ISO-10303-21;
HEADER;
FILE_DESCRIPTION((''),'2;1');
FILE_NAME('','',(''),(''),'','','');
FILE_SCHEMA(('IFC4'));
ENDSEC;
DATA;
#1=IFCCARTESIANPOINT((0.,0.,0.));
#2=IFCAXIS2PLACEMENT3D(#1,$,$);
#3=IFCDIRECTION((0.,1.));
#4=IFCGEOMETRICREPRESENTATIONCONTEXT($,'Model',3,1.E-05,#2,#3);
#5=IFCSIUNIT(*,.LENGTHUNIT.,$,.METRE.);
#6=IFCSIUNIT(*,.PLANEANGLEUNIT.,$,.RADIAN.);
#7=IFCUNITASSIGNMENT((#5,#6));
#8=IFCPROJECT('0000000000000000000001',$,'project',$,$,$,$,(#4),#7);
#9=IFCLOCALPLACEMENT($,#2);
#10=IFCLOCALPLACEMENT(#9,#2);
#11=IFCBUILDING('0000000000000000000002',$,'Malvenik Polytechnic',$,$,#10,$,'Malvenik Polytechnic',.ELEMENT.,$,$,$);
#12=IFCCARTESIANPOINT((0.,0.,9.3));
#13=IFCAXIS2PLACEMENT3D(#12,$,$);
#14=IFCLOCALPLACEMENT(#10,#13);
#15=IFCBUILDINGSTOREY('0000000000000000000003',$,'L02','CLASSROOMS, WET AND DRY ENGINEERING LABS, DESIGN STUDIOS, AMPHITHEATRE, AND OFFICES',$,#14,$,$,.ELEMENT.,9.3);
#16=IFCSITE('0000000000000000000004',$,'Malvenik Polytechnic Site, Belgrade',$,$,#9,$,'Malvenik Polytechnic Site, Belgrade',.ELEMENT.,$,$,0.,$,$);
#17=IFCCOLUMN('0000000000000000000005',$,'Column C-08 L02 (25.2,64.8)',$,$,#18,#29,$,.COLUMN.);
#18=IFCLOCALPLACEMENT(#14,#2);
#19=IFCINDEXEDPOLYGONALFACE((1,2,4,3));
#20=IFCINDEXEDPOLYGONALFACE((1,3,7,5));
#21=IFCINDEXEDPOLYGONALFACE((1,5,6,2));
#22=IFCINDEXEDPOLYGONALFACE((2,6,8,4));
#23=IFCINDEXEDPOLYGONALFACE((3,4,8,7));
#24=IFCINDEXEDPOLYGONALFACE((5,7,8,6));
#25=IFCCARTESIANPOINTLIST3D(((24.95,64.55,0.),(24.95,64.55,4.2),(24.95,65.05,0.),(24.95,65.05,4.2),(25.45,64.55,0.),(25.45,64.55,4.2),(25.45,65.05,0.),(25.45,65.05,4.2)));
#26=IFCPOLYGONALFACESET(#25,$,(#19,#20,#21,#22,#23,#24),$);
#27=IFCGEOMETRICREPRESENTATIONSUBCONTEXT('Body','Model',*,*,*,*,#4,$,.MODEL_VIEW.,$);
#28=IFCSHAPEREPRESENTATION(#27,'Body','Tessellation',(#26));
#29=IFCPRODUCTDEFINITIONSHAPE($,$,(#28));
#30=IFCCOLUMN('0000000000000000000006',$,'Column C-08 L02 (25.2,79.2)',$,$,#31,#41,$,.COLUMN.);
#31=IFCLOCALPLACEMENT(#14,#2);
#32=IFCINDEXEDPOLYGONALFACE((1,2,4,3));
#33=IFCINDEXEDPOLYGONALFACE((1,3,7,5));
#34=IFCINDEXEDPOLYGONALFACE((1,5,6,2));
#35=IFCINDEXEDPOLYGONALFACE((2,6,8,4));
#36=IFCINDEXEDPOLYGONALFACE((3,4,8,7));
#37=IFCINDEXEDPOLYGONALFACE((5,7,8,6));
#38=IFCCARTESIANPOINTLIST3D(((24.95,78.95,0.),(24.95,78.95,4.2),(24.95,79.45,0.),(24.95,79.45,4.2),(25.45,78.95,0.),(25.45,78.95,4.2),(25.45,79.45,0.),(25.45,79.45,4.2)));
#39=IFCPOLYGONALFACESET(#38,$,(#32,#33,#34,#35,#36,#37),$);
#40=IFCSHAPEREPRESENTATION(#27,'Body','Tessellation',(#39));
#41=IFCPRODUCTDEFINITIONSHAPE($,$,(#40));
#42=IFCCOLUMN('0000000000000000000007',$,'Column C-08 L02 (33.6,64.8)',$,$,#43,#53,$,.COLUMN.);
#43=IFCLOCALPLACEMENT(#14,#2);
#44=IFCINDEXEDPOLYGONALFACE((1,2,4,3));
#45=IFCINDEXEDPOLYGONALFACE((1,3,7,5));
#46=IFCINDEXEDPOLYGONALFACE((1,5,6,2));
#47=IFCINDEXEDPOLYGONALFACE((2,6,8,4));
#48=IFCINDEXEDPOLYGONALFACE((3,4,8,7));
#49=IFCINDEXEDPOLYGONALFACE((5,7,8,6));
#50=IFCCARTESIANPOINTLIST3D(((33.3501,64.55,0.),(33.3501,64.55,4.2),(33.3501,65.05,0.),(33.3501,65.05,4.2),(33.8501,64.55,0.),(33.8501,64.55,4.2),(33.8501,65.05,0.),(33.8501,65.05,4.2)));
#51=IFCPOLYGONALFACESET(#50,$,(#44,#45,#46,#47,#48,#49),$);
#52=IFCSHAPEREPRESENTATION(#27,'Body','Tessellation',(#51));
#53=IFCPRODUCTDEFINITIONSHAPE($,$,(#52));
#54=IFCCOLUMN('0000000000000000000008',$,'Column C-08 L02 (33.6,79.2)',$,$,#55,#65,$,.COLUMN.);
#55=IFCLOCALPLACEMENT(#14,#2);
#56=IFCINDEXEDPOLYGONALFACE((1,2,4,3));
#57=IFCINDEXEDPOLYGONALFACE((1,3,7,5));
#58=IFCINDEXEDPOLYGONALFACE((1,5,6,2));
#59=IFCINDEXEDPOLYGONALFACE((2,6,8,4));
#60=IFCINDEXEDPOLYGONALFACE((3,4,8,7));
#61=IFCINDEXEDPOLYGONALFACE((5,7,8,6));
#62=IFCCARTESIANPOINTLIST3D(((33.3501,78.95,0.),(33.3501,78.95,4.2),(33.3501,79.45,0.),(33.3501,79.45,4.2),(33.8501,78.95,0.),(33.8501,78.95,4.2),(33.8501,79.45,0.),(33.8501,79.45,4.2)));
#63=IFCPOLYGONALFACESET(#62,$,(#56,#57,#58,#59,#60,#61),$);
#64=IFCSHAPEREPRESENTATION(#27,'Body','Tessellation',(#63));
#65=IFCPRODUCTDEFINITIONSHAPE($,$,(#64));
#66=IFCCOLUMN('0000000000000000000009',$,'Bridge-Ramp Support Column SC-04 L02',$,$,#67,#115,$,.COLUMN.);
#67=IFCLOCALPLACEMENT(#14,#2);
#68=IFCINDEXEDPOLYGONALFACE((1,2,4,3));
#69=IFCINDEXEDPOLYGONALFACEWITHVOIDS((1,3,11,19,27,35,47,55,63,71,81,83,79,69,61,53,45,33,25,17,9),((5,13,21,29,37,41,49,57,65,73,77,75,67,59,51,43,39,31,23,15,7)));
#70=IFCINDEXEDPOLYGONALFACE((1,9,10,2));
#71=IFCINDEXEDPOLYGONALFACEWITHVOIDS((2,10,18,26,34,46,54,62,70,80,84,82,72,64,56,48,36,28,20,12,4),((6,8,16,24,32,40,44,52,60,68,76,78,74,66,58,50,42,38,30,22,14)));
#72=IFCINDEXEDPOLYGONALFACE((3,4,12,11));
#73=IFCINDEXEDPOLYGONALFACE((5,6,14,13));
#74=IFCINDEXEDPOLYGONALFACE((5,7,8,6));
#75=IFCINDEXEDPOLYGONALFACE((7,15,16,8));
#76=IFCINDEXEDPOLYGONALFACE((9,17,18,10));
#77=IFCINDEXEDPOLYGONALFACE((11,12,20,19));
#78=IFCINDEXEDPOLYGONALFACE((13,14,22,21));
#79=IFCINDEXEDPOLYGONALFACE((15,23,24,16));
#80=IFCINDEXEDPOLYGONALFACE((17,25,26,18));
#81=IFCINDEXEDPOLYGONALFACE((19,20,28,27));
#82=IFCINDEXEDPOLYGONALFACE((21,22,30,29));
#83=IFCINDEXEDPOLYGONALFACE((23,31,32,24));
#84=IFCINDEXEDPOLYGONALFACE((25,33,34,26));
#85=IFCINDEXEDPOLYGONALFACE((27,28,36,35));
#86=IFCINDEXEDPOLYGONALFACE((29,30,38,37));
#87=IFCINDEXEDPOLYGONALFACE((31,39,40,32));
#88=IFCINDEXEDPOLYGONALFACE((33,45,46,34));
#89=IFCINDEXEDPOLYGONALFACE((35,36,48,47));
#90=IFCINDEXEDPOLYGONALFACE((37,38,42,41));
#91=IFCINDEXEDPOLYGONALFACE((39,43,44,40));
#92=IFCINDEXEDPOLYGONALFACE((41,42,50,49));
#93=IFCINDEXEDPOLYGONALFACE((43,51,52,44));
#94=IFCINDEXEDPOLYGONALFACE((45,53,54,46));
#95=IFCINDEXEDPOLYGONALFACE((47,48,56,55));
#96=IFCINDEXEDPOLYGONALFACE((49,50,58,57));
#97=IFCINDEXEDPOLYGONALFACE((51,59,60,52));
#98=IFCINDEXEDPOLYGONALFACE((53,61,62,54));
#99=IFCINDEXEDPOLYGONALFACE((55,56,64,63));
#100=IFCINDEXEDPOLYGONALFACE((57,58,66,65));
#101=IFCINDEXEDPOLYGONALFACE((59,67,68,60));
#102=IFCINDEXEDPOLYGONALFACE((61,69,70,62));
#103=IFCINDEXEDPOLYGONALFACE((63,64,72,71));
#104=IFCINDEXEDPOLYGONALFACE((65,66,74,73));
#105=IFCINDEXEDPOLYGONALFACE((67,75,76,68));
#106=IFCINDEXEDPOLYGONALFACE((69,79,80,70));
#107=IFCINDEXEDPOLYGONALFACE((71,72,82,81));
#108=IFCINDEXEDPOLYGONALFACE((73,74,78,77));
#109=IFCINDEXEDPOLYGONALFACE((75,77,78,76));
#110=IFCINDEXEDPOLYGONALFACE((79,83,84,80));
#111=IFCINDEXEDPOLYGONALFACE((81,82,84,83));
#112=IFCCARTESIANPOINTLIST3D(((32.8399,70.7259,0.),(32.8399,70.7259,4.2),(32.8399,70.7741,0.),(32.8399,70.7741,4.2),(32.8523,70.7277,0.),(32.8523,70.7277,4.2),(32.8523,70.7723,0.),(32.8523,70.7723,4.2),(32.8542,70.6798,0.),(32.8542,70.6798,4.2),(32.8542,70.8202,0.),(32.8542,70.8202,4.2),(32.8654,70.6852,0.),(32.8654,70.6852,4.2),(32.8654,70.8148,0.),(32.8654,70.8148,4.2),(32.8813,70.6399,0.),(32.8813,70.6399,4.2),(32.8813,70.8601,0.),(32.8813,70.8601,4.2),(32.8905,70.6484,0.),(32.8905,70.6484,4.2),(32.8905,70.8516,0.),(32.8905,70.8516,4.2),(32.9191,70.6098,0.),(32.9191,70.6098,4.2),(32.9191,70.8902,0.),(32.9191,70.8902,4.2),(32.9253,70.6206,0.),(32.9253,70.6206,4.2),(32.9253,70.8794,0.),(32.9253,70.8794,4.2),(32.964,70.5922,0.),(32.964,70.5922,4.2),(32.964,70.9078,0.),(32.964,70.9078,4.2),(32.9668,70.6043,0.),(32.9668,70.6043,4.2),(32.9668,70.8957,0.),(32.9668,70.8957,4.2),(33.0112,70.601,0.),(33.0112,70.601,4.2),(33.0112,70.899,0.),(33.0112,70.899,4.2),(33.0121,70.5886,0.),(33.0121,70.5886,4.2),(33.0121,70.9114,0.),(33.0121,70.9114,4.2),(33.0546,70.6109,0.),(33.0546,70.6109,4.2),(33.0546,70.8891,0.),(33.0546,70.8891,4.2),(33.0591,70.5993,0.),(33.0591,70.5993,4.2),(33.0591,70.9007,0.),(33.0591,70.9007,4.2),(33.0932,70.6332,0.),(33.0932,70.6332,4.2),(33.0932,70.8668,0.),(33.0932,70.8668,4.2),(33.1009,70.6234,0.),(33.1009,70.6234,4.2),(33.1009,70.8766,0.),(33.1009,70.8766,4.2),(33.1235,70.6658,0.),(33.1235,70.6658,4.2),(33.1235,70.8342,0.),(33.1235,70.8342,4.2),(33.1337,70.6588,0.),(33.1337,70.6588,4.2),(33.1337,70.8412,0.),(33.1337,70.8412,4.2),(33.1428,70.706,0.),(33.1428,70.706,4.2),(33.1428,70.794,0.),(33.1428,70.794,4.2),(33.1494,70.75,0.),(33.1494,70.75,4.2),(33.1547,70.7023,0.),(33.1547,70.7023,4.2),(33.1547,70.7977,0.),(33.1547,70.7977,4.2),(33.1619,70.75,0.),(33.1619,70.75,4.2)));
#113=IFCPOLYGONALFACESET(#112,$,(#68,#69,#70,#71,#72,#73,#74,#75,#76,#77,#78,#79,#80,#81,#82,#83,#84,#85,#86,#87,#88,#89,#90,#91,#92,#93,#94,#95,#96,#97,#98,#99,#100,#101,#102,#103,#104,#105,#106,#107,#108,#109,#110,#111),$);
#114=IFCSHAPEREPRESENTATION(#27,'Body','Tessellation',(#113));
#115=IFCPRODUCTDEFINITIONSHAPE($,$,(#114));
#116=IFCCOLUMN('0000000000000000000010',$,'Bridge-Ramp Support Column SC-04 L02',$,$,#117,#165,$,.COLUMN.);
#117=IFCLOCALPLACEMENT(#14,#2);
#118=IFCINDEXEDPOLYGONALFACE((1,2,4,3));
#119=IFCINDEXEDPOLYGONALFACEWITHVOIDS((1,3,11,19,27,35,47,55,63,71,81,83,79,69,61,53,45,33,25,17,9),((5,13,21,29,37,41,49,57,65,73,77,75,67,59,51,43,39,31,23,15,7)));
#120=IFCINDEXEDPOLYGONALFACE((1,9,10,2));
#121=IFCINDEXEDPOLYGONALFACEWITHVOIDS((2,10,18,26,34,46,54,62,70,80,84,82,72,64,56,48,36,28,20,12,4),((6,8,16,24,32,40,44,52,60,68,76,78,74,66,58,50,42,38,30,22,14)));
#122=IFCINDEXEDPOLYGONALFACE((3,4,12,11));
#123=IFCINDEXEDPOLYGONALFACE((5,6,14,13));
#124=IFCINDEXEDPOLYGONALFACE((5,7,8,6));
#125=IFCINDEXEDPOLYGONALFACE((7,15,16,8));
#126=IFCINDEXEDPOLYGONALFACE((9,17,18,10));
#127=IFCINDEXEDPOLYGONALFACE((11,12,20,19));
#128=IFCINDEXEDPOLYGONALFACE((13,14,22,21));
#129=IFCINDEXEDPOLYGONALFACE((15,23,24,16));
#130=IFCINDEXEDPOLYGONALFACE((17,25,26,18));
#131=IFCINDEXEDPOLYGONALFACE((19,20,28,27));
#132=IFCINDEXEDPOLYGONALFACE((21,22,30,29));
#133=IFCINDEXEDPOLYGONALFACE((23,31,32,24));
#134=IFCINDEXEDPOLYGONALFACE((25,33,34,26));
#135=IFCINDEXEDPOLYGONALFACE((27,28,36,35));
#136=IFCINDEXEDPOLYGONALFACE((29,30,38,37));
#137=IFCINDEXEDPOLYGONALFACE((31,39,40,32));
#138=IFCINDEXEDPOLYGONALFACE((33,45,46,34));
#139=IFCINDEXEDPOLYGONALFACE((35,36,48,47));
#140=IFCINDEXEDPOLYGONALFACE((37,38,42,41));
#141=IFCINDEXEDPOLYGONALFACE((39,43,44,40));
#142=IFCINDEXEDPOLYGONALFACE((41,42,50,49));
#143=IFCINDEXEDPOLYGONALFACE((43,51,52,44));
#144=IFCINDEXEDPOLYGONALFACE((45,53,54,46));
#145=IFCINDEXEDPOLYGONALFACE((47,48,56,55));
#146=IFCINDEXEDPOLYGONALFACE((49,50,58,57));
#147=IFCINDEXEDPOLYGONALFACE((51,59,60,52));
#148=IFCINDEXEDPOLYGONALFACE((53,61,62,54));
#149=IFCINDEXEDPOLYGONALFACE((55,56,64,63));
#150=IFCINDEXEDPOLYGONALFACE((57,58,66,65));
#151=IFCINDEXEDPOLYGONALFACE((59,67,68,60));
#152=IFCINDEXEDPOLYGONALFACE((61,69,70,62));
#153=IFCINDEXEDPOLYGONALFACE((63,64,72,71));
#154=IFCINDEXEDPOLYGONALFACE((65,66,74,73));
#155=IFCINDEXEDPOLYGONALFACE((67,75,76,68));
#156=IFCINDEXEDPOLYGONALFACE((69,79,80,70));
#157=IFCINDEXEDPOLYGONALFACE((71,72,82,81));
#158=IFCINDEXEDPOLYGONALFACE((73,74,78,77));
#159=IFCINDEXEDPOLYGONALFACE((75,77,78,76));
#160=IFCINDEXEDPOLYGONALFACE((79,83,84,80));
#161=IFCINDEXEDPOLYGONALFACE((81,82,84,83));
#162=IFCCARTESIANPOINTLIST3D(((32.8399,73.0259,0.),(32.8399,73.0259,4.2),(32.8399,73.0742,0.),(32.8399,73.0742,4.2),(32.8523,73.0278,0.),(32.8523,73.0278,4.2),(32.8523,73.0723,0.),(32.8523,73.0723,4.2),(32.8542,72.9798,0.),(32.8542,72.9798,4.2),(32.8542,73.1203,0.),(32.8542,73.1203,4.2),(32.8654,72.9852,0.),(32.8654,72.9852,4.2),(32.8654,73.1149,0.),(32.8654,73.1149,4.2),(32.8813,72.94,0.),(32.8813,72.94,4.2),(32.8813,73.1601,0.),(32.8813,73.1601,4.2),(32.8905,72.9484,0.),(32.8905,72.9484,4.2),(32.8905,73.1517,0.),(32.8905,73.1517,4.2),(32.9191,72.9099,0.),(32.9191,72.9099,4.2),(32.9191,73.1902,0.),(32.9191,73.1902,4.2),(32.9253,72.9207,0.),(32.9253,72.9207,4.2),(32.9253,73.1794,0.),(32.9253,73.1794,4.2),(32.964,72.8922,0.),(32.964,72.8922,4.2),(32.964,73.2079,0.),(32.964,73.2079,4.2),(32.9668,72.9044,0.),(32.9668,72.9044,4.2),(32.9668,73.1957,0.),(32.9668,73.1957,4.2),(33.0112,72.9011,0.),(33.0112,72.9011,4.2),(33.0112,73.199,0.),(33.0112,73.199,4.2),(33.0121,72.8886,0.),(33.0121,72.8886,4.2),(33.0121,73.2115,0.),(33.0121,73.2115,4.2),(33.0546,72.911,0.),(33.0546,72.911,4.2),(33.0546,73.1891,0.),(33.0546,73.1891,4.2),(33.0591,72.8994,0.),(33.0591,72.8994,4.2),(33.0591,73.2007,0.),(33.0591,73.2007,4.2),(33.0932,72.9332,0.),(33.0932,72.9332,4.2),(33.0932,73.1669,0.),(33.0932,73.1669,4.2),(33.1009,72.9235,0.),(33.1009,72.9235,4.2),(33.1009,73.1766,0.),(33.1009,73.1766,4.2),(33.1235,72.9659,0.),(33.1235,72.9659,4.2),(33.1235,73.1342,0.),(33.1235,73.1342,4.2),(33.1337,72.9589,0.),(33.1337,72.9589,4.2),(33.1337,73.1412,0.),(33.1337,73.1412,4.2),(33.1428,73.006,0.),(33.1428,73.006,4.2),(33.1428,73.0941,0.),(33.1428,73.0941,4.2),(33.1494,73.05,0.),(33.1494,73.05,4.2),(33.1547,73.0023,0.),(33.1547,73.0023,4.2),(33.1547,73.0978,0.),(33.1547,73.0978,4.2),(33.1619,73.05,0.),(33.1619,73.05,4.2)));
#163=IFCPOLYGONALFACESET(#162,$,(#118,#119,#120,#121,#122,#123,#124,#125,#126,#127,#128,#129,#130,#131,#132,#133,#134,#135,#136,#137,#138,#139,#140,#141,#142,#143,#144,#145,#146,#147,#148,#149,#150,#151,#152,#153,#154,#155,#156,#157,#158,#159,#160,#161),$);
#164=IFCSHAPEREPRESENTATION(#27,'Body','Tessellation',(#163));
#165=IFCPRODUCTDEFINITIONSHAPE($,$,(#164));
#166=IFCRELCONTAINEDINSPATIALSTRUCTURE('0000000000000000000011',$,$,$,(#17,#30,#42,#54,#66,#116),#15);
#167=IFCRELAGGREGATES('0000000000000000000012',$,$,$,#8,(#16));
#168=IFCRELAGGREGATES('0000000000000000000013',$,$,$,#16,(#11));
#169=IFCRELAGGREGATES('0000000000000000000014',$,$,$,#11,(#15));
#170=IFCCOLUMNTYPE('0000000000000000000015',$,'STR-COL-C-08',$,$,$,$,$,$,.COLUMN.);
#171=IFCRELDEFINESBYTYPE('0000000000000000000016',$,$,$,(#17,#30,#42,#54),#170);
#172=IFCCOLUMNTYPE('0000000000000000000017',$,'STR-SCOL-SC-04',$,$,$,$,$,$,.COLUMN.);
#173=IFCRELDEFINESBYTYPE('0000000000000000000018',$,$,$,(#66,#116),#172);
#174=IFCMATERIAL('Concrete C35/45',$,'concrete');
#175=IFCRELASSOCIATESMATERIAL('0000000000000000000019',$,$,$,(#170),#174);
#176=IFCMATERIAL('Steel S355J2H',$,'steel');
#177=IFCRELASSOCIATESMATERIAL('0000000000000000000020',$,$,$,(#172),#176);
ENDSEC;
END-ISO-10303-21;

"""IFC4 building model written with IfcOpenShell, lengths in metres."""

from ifc_helpers import new_model, si_unit, direction, frame, origin, origin_2d, place, context, subcontext, project, spatial, rectangle, hollow_circle, extrude, material, material_profile, profile_set, type_object, element, save


model = new_model("IFC4")

# Units and contexts
model_context = context("Model", 3, precision=1e-05, world=origin(), true_north=direction((0.0, 1.0)))
body_context = subcontext(model_context, "Body", "Model", "MODEL_VIEW")
ifc_project = project(units=[si_unit("LENGTHUNIT", "METRE"), si_unit("PLANEANGLEUNIT", "RADIAN")], contexts=[model_context])

# Site, building, storey
site_placement = place(None, origin())
site = spatial("IfcSite", under=ifc_project, at=site_placement, Name="Malvenik Polytechnic Site, Belgrade", LongName="Malvenik Polytechnic Site, Belgrade", CompositionType="ELEMENT", RefElevation=0.0)
building_placement = place(site_placement, origin())
building = spatial("IfcBuilding", under=site, at=building_placement, Name="Malvenik Polytechnic", LongName="Malvenik Polytechnic", CompositionType="ELEMENT")
storey_placement = place(building_placement, frame((0.0, 0.0, 9.3)))
storey = spatial("IfcBuildingStorey", under=building, at=storey_placement, Name="L02", Description="CLASSROOMS, WET AND DRY ENGINEERING LABS, DESIGN STUDIOS, AMPHITHEATRE, AND OFFICES", CompositionType="ELEMENT", Elevation=9.3)

# Columns
ifc_material_1 = material(Name="Concrete C35/45", Category="concrete")
ifc_material_profile_1 = material_profile(ifc_material_1, rectangle(XDim=0.5, YDim=0.5, at=origin_2d()), Name="RC COL 500x500")
ifc_profile_set_1 = profile_set([ifc_material_profile_1], Name="Concrete C35/45")
column_type_1 = type_object("IfcColumnType", Name="STR-COL-C-08", PredefinedType="COLUMN", material=ifc_profile_set_1)
for number, where, z_axis, x_axis, name in (
    (1, (25.2, 64.8, 0.0), (0.0, 0.0, 1.0), (1.0, 0.0, 0.0), "Column C-08 L02 (25.2,64.8)"),
    (2, (25.2, 79.2, 0.0), (0.0, 0.0, 1.0), (1.0, 0.0, 0.0), "Column C-08 L02 (25.2,79.2)"),
    (3, (33.6001, 64.8, 0.0), (0.0, 0.0, 1.0), (1.0, 0.0, 0.0), "Column C-08 L02 (33.6,64.8)"),
    (4, (33.6001, 79.2, 0.0), (0.0, 0.0, 1.0), (1.0, 0.0, 0.0), "Column C-08 L02 (33.6,79.2)"),
):
    element("IfcColumn", number, at=place(storey_placement, frame(where, z_axis=z_axis, x_axis=x_axis)), inside=storey, type_object=column_type_1, Name=name, PredefinedType="COLUMN", context=body_context, shape_type="SweptSolid", body=[
        extrude(rectangle(XDim=0.5, YDim=0.5, at=origin_2d()), origin(), (0.0, 0.0, 1.0), 4.2),
    ])
ifc_material_2 = material(Name="Steel S355J2H", Category="steel")
ifc_material_profile_2 = material_profile(ifc_material_2, hollow_circle(Radius=0.1619, WallThickness=0.0125, at=origin_2d()), Name="CHS 323.9x12.5")
ifc_profile_set_2 = profile_set([ifc_material_profile_2], Name="Steel S355J2H")
column_type_2 = type_object("IfcColumnType", Name="STR-SCOL-SC-04", PredefinedType="COLUMN", material=ifc_profile_set_2)
for number, where, z_axis, x_axis, name in (
    (5, (33.0, 70.75, 0.0), (0.0, 0.0, 1.0), (1.0, 0.0, 0.0), "Bridge-Ramp Support Column SC-04 L02"),
    (6, (33.0, 73.05, 0.0), (0.0, 0.0, 1.0), (1.0, 0.0, 0.0), "Bridge-Ramp Support Column SC-04 L02"),
):
    element("IfcColumn", number, at=place(storey_placement, frame(where, z_axis=z_axis, x_axis=x_axis)), inside=storey, type_object=column_type_2, Name=name, PredefinedType="COLUMN", context=body_context, shape_type="SweptSolid", body=[
        extrude(hollow_circle(Radius=0.1619, WallThickness=0.0125, at=origin_2d()), origin(), (0.0, 0.0, 1.0), 4.2),
    ])

save(model, "model.ifc")
